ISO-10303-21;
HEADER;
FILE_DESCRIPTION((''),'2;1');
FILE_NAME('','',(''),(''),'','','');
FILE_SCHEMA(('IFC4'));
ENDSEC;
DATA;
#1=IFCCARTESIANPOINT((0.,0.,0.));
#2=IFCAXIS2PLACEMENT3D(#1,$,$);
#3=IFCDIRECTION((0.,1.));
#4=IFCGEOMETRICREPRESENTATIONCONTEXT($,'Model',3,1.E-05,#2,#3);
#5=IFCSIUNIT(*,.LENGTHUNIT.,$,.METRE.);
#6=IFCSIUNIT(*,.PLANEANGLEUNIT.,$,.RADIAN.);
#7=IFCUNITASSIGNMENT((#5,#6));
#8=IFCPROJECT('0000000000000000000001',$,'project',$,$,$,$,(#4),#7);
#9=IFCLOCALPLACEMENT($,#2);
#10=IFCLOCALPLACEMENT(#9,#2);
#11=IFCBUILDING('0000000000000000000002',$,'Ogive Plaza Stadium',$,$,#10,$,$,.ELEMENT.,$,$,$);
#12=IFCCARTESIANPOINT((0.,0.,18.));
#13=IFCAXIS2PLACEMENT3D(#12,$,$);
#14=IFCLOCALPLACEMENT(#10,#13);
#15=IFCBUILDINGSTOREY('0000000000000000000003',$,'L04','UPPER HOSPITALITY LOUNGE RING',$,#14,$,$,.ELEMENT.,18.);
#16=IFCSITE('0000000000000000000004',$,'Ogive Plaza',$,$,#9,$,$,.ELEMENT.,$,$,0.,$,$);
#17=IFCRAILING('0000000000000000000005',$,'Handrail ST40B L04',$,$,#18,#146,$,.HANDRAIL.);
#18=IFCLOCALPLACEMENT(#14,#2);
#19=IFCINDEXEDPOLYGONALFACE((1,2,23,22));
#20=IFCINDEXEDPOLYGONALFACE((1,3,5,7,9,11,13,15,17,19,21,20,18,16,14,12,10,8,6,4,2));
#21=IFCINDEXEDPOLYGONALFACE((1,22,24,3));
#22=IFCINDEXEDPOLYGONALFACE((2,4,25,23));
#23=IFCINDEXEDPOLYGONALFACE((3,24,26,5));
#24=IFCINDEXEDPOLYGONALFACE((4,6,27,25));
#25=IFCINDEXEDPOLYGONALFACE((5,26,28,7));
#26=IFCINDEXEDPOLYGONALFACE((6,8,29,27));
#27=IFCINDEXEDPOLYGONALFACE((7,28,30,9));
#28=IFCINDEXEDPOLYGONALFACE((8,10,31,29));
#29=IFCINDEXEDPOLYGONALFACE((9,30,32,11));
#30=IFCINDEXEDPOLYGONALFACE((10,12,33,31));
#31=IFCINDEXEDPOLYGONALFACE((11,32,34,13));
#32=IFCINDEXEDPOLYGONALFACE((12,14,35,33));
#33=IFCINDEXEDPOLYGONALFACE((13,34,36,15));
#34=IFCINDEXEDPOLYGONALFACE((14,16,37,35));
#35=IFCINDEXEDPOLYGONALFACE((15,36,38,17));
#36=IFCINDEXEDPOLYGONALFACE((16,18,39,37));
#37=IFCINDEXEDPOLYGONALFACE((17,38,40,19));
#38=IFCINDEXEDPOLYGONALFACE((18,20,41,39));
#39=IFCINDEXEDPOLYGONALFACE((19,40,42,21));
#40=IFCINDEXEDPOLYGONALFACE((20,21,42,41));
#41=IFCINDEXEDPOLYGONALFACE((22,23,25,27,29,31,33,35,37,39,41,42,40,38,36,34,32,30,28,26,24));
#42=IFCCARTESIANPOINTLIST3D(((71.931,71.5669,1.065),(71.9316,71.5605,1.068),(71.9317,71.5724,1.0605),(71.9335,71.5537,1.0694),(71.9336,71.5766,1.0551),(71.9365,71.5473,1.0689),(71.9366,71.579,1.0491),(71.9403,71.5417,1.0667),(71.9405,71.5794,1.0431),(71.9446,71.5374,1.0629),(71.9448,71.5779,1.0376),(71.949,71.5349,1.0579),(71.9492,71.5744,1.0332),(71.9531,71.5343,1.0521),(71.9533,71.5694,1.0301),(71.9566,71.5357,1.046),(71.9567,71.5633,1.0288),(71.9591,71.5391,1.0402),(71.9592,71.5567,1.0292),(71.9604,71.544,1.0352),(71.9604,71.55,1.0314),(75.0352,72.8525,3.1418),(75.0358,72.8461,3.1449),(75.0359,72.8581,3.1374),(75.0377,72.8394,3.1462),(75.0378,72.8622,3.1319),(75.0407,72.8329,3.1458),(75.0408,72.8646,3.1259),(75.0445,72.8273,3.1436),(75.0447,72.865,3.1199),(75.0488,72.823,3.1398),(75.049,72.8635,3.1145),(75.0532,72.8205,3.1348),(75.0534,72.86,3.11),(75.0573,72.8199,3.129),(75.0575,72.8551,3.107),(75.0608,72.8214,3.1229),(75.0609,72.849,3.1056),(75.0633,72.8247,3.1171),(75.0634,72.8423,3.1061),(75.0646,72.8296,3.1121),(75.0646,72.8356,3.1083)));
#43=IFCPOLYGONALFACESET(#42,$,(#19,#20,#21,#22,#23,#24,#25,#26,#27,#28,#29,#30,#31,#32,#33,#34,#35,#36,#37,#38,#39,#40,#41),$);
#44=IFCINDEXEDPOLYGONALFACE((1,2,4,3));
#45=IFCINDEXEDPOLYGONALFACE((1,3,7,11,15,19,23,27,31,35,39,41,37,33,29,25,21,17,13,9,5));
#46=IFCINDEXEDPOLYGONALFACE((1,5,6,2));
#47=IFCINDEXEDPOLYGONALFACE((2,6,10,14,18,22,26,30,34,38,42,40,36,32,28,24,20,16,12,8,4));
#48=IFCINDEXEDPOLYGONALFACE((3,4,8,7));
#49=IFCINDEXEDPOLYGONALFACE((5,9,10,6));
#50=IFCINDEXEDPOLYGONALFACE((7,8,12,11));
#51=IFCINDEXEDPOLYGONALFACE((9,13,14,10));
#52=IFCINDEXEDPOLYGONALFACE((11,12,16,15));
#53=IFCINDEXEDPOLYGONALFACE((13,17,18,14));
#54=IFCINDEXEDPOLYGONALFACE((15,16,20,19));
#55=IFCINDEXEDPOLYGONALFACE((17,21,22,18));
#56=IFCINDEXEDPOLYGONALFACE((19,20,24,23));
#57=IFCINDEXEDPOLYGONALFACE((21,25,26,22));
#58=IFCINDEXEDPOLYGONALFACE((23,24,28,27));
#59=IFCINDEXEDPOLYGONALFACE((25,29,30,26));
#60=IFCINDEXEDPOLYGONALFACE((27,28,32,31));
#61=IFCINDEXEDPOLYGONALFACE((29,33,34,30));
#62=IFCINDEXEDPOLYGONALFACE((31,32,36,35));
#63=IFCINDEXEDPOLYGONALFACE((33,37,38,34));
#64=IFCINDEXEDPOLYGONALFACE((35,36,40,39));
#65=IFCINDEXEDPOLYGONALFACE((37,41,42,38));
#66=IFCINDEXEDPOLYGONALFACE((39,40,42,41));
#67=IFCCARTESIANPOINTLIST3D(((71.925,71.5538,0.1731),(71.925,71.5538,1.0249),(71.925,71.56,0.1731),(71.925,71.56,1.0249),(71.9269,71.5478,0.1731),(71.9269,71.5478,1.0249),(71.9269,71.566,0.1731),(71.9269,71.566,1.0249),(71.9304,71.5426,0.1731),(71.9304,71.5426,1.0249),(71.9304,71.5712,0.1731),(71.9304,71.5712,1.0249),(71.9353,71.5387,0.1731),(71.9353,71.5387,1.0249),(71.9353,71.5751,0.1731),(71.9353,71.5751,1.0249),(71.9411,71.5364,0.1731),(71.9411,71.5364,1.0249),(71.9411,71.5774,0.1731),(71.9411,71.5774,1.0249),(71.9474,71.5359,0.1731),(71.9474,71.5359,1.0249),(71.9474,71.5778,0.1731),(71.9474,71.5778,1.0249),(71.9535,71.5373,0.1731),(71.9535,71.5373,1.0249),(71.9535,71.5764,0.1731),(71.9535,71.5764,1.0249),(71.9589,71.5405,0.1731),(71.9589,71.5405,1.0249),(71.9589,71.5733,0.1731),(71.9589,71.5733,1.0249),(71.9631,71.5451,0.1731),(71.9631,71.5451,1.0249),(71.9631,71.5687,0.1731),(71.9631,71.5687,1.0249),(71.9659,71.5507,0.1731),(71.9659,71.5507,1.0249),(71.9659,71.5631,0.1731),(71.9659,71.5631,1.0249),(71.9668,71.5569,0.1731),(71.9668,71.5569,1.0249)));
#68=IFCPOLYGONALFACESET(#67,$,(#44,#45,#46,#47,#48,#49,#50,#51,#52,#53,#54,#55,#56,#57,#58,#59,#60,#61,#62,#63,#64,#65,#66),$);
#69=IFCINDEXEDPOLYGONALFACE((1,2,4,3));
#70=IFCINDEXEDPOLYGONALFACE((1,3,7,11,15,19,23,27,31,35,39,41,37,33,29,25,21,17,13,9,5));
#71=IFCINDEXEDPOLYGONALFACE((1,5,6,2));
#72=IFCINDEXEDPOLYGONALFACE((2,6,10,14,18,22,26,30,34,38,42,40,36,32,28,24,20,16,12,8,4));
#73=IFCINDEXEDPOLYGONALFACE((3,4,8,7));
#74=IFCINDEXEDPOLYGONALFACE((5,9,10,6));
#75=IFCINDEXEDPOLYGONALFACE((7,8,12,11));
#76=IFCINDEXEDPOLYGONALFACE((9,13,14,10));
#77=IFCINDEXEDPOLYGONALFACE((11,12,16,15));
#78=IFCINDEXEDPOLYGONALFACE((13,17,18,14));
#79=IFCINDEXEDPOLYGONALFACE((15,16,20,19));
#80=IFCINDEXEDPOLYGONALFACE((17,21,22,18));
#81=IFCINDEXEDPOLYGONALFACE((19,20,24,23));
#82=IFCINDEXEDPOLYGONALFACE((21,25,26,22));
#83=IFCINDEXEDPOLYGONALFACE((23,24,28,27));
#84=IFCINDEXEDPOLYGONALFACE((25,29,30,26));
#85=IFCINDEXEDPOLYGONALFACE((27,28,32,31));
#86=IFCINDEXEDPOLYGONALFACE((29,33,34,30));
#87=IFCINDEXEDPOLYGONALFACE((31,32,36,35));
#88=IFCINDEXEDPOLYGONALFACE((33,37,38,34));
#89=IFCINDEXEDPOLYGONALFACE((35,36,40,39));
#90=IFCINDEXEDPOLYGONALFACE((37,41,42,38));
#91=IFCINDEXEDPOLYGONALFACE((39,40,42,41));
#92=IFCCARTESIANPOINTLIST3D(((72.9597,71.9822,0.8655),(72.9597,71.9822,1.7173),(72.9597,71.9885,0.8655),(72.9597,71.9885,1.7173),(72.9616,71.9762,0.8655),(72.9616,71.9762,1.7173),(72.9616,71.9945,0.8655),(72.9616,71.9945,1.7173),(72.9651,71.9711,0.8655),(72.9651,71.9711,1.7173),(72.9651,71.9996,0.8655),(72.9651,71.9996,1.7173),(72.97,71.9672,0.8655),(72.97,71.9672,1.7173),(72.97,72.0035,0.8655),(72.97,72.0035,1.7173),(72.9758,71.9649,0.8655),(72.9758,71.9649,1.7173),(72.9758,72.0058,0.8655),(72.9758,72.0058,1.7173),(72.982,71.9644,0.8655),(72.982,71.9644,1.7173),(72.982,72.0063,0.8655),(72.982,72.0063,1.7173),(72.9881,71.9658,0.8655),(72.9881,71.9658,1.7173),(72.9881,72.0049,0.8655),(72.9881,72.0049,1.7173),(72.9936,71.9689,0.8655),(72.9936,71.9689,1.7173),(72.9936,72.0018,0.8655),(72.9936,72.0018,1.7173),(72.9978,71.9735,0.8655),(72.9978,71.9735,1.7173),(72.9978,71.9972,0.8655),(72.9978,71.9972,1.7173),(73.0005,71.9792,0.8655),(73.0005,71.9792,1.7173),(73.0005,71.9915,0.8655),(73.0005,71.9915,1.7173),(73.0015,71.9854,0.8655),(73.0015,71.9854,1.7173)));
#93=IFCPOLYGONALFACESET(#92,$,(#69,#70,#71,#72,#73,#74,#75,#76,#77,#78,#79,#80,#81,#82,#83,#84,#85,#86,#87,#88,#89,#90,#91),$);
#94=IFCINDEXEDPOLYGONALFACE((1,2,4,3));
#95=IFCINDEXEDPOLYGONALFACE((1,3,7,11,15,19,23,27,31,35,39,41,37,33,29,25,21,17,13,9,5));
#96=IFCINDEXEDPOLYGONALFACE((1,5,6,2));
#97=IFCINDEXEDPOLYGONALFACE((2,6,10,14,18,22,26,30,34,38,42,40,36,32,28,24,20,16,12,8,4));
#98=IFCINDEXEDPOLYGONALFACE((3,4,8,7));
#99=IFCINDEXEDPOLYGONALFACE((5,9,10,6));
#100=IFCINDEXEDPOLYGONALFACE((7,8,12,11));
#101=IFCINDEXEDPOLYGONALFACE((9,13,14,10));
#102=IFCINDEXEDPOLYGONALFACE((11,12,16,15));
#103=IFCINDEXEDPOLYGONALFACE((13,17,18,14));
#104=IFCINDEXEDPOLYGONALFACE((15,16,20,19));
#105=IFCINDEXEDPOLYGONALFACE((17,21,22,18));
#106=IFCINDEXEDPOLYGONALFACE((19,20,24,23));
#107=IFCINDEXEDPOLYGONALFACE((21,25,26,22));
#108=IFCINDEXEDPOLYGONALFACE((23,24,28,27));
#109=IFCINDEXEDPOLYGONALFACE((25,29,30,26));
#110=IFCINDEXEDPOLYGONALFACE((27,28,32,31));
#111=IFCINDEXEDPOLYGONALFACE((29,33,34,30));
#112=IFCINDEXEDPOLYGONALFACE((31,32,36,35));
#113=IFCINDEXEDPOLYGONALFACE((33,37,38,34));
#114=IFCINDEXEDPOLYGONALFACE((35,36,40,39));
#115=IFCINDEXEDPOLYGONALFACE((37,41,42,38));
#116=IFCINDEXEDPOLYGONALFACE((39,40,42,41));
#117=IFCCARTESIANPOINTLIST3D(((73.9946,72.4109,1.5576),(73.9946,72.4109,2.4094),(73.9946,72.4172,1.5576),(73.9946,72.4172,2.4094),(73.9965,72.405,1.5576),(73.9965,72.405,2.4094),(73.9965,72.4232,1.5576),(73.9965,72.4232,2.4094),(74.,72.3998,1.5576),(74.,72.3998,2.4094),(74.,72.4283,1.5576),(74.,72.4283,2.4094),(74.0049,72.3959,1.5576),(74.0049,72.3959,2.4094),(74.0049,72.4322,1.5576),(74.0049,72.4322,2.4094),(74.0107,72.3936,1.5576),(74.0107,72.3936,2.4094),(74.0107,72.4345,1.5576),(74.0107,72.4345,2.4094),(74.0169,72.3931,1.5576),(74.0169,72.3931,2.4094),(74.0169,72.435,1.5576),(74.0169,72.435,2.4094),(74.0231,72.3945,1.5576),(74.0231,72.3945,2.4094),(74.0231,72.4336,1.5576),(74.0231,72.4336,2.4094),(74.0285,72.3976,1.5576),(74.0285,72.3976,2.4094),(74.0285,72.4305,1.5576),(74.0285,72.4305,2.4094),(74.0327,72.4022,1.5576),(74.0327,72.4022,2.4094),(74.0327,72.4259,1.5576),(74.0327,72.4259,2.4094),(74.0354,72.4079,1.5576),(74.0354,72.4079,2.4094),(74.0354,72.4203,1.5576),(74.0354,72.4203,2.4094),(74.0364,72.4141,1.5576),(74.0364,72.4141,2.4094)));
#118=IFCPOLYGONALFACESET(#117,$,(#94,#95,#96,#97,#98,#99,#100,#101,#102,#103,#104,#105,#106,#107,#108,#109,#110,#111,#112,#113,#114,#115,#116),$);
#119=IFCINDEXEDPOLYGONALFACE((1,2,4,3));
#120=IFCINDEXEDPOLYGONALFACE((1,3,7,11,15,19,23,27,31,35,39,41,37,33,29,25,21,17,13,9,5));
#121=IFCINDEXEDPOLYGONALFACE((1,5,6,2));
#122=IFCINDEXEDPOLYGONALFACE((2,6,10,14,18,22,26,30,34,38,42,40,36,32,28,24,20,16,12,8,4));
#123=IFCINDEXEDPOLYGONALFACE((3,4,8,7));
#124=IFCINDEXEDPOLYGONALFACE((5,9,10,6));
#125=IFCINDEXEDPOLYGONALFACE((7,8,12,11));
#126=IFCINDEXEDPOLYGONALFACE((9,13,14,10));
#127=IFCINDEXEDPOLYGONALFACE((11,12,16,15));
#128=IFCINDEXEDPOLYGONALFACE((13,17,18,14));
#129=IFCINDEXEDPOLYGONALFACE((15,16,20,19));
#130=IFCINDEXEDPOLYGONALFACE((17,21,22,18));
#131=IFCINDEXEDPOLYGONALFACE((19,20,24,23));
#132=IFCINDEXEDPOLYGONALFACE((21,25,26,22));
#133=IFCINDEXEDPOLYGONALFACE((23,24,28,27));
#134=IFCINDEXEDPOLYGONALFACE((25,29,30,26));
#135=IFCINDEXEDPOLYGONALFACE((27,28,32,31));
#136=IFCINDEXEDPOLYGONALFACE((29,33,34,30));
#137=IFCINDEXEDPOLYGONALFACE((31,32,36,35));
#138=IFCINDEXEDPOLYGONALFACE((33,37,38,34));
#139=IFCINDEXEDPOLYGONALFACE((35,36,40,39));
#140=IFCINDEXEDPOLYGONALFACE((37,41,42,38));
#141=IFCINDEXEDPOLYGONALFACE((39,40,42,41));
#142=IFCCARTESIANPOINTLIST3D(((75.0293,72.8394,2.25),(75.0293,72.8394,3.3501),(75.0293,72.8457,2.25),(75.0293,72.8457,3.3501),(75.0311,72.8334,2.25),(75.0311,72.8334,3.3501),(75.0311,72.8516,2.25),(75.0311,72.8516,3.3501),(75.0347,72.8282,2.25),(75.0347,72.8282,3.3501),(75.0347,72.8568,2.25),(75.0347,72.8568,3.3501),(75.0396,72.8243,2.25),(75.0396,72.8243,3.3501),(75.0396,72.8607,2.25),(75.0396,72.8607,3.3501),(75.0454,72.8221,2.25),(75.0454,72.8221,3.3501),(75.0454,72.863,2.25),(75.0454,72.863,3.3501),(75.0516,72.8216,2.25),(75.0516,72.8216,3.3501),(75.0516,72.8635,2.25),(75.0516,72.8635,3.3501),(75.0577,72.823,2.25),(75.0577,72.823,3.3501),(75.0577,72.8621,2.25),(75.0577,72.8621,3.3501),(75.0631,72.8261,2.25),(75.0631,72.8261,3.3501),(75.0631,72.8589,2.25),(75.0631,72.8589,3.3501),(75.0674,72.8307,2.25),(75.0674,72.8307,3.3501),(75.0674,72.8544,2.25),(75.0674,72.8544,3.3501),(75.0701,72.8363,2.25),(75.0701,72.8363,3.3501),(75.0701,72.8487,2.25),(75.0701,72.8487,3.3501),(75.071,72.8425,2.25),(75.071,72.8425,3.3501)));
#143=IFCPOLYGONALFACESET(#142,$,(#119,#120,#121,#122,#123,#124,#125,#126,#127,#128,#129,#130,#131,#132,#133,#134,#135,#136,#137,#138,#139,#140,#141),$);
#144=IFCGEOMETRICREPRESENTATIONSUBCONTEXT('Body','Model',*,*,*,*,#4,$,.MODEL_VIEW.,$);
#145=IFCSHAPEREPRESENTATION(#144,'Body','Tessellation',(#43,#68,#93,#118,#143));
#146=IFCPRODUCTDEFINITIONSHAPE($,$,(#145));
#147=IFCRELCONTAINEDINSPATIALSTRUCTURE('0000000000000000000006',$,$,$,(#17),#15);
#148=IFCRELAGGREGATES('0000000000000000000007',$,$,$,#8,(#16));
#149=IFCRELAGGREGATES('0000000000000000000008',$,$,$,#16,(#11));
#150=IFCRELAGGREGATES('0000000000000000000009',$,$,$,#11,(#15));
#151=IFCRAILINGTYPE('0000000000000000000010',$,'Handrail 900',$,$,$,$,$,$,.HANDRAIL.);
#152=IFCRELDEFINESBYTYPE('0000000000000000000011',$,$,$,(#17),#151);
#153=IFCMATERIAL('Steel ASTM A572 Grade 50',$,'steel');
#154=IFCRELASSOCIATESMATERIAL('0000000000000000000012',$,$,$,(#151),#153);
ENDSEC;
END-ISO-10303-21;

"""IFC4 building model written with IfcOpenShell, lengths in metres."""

from ifc_helpers import new_model, si_unit, direction, frame, origin, origin_2d, place, context, subcontext, project, spatial, circle, extrude, material, type_object, element, save


model = new_model("IFC4")

# Units and contexts
model_context = context("Model", 3, precision=1e-05, world=origin(), true_north=direction((0.0, 1.0)))
body_context = subcontext(model_context, "Body", "Model", "MODEL_VIEW")
ifc_project = project(units=[si_unit("LENGTHUNIT", "METRE"), si_unit("PLANEANGLEUNIT", "RADIAN")], contexts=[model_context])

# Site, building, storey
site_placement = place(None, origin())
site = spatial("IfcSite", under=ifc_project, at=site_placement, Name="Ogive Plaza", CompositionType="ELEMENT", RefElevation=0.0)
building_placement = place(site_placement, origin())
building = spatial("IfcBuilding", under=site, at=building_placement, Name="Ogive Plaza Stadium", CompositionType="ELEMENT")
storey_placement = place(building_placement, frame((0.0, 0.0, 18.0)))
storey = spatial("IfcBuildingStorey", under=building, at=storey_placement, Name="L04", Description="UPPER HOSPITALITY LOUNGE RING", CompositionType="ELEMENT", Elevation=18.0)

# Railing
ifc_material_1 = material(Name="Steel ASTM A572 Grade 50", Category="steel")
railing_type_1 = type_object("IfcRailingType", Name="Handrail 900", PredefinedType="HANDRAIL", material=ifc_material_1)
railing_1_placement = place(storey_placement, frame((71.9458, 71.5569, 0.1731)))
element("IfcRailing", 1, at=railing_1_placement, inside=storey, type_object=railing_type_1, Name="Handrail ST40B L04", PredefinedType="HANDRAIL", context=body_context, shape_type="SweptSolid", body=[
    extrude(circle(Radius=0.0239, at=origin_2d()), frame((0.0, 0.0, 0.876), z_axis=(0.785879, 0.325477, 0.525794), x_axis=(-0.382638, 0.923898, 0.0)), (0.0, 0.0, 1.0), 3.95),
    extrude(circle(Radius=0.021, at=origin_2d()), origin(), (0.0, 0.0, 1.0), 0.8518),
    extrude(circle(Radius=0.021, at=origin_2d()), frame((1.0347, 0.4285, 0.6924)), (0.0, 0.0, 1.0), 0.8518),
    extrude(circle(Radius=0.021, at=origin_2d()), frame((2.0696, 0.8572, 1.3845)), (0.0, 0.0, 1.0), 0.8518),
    extrude(circle(Radius=0.021, at=origin_2d()), frame((3.1042, 1.2856, 2.0769)), (0.0, 0.0, 1.0), 1.1001),
])

save(model, "model.ifc")
